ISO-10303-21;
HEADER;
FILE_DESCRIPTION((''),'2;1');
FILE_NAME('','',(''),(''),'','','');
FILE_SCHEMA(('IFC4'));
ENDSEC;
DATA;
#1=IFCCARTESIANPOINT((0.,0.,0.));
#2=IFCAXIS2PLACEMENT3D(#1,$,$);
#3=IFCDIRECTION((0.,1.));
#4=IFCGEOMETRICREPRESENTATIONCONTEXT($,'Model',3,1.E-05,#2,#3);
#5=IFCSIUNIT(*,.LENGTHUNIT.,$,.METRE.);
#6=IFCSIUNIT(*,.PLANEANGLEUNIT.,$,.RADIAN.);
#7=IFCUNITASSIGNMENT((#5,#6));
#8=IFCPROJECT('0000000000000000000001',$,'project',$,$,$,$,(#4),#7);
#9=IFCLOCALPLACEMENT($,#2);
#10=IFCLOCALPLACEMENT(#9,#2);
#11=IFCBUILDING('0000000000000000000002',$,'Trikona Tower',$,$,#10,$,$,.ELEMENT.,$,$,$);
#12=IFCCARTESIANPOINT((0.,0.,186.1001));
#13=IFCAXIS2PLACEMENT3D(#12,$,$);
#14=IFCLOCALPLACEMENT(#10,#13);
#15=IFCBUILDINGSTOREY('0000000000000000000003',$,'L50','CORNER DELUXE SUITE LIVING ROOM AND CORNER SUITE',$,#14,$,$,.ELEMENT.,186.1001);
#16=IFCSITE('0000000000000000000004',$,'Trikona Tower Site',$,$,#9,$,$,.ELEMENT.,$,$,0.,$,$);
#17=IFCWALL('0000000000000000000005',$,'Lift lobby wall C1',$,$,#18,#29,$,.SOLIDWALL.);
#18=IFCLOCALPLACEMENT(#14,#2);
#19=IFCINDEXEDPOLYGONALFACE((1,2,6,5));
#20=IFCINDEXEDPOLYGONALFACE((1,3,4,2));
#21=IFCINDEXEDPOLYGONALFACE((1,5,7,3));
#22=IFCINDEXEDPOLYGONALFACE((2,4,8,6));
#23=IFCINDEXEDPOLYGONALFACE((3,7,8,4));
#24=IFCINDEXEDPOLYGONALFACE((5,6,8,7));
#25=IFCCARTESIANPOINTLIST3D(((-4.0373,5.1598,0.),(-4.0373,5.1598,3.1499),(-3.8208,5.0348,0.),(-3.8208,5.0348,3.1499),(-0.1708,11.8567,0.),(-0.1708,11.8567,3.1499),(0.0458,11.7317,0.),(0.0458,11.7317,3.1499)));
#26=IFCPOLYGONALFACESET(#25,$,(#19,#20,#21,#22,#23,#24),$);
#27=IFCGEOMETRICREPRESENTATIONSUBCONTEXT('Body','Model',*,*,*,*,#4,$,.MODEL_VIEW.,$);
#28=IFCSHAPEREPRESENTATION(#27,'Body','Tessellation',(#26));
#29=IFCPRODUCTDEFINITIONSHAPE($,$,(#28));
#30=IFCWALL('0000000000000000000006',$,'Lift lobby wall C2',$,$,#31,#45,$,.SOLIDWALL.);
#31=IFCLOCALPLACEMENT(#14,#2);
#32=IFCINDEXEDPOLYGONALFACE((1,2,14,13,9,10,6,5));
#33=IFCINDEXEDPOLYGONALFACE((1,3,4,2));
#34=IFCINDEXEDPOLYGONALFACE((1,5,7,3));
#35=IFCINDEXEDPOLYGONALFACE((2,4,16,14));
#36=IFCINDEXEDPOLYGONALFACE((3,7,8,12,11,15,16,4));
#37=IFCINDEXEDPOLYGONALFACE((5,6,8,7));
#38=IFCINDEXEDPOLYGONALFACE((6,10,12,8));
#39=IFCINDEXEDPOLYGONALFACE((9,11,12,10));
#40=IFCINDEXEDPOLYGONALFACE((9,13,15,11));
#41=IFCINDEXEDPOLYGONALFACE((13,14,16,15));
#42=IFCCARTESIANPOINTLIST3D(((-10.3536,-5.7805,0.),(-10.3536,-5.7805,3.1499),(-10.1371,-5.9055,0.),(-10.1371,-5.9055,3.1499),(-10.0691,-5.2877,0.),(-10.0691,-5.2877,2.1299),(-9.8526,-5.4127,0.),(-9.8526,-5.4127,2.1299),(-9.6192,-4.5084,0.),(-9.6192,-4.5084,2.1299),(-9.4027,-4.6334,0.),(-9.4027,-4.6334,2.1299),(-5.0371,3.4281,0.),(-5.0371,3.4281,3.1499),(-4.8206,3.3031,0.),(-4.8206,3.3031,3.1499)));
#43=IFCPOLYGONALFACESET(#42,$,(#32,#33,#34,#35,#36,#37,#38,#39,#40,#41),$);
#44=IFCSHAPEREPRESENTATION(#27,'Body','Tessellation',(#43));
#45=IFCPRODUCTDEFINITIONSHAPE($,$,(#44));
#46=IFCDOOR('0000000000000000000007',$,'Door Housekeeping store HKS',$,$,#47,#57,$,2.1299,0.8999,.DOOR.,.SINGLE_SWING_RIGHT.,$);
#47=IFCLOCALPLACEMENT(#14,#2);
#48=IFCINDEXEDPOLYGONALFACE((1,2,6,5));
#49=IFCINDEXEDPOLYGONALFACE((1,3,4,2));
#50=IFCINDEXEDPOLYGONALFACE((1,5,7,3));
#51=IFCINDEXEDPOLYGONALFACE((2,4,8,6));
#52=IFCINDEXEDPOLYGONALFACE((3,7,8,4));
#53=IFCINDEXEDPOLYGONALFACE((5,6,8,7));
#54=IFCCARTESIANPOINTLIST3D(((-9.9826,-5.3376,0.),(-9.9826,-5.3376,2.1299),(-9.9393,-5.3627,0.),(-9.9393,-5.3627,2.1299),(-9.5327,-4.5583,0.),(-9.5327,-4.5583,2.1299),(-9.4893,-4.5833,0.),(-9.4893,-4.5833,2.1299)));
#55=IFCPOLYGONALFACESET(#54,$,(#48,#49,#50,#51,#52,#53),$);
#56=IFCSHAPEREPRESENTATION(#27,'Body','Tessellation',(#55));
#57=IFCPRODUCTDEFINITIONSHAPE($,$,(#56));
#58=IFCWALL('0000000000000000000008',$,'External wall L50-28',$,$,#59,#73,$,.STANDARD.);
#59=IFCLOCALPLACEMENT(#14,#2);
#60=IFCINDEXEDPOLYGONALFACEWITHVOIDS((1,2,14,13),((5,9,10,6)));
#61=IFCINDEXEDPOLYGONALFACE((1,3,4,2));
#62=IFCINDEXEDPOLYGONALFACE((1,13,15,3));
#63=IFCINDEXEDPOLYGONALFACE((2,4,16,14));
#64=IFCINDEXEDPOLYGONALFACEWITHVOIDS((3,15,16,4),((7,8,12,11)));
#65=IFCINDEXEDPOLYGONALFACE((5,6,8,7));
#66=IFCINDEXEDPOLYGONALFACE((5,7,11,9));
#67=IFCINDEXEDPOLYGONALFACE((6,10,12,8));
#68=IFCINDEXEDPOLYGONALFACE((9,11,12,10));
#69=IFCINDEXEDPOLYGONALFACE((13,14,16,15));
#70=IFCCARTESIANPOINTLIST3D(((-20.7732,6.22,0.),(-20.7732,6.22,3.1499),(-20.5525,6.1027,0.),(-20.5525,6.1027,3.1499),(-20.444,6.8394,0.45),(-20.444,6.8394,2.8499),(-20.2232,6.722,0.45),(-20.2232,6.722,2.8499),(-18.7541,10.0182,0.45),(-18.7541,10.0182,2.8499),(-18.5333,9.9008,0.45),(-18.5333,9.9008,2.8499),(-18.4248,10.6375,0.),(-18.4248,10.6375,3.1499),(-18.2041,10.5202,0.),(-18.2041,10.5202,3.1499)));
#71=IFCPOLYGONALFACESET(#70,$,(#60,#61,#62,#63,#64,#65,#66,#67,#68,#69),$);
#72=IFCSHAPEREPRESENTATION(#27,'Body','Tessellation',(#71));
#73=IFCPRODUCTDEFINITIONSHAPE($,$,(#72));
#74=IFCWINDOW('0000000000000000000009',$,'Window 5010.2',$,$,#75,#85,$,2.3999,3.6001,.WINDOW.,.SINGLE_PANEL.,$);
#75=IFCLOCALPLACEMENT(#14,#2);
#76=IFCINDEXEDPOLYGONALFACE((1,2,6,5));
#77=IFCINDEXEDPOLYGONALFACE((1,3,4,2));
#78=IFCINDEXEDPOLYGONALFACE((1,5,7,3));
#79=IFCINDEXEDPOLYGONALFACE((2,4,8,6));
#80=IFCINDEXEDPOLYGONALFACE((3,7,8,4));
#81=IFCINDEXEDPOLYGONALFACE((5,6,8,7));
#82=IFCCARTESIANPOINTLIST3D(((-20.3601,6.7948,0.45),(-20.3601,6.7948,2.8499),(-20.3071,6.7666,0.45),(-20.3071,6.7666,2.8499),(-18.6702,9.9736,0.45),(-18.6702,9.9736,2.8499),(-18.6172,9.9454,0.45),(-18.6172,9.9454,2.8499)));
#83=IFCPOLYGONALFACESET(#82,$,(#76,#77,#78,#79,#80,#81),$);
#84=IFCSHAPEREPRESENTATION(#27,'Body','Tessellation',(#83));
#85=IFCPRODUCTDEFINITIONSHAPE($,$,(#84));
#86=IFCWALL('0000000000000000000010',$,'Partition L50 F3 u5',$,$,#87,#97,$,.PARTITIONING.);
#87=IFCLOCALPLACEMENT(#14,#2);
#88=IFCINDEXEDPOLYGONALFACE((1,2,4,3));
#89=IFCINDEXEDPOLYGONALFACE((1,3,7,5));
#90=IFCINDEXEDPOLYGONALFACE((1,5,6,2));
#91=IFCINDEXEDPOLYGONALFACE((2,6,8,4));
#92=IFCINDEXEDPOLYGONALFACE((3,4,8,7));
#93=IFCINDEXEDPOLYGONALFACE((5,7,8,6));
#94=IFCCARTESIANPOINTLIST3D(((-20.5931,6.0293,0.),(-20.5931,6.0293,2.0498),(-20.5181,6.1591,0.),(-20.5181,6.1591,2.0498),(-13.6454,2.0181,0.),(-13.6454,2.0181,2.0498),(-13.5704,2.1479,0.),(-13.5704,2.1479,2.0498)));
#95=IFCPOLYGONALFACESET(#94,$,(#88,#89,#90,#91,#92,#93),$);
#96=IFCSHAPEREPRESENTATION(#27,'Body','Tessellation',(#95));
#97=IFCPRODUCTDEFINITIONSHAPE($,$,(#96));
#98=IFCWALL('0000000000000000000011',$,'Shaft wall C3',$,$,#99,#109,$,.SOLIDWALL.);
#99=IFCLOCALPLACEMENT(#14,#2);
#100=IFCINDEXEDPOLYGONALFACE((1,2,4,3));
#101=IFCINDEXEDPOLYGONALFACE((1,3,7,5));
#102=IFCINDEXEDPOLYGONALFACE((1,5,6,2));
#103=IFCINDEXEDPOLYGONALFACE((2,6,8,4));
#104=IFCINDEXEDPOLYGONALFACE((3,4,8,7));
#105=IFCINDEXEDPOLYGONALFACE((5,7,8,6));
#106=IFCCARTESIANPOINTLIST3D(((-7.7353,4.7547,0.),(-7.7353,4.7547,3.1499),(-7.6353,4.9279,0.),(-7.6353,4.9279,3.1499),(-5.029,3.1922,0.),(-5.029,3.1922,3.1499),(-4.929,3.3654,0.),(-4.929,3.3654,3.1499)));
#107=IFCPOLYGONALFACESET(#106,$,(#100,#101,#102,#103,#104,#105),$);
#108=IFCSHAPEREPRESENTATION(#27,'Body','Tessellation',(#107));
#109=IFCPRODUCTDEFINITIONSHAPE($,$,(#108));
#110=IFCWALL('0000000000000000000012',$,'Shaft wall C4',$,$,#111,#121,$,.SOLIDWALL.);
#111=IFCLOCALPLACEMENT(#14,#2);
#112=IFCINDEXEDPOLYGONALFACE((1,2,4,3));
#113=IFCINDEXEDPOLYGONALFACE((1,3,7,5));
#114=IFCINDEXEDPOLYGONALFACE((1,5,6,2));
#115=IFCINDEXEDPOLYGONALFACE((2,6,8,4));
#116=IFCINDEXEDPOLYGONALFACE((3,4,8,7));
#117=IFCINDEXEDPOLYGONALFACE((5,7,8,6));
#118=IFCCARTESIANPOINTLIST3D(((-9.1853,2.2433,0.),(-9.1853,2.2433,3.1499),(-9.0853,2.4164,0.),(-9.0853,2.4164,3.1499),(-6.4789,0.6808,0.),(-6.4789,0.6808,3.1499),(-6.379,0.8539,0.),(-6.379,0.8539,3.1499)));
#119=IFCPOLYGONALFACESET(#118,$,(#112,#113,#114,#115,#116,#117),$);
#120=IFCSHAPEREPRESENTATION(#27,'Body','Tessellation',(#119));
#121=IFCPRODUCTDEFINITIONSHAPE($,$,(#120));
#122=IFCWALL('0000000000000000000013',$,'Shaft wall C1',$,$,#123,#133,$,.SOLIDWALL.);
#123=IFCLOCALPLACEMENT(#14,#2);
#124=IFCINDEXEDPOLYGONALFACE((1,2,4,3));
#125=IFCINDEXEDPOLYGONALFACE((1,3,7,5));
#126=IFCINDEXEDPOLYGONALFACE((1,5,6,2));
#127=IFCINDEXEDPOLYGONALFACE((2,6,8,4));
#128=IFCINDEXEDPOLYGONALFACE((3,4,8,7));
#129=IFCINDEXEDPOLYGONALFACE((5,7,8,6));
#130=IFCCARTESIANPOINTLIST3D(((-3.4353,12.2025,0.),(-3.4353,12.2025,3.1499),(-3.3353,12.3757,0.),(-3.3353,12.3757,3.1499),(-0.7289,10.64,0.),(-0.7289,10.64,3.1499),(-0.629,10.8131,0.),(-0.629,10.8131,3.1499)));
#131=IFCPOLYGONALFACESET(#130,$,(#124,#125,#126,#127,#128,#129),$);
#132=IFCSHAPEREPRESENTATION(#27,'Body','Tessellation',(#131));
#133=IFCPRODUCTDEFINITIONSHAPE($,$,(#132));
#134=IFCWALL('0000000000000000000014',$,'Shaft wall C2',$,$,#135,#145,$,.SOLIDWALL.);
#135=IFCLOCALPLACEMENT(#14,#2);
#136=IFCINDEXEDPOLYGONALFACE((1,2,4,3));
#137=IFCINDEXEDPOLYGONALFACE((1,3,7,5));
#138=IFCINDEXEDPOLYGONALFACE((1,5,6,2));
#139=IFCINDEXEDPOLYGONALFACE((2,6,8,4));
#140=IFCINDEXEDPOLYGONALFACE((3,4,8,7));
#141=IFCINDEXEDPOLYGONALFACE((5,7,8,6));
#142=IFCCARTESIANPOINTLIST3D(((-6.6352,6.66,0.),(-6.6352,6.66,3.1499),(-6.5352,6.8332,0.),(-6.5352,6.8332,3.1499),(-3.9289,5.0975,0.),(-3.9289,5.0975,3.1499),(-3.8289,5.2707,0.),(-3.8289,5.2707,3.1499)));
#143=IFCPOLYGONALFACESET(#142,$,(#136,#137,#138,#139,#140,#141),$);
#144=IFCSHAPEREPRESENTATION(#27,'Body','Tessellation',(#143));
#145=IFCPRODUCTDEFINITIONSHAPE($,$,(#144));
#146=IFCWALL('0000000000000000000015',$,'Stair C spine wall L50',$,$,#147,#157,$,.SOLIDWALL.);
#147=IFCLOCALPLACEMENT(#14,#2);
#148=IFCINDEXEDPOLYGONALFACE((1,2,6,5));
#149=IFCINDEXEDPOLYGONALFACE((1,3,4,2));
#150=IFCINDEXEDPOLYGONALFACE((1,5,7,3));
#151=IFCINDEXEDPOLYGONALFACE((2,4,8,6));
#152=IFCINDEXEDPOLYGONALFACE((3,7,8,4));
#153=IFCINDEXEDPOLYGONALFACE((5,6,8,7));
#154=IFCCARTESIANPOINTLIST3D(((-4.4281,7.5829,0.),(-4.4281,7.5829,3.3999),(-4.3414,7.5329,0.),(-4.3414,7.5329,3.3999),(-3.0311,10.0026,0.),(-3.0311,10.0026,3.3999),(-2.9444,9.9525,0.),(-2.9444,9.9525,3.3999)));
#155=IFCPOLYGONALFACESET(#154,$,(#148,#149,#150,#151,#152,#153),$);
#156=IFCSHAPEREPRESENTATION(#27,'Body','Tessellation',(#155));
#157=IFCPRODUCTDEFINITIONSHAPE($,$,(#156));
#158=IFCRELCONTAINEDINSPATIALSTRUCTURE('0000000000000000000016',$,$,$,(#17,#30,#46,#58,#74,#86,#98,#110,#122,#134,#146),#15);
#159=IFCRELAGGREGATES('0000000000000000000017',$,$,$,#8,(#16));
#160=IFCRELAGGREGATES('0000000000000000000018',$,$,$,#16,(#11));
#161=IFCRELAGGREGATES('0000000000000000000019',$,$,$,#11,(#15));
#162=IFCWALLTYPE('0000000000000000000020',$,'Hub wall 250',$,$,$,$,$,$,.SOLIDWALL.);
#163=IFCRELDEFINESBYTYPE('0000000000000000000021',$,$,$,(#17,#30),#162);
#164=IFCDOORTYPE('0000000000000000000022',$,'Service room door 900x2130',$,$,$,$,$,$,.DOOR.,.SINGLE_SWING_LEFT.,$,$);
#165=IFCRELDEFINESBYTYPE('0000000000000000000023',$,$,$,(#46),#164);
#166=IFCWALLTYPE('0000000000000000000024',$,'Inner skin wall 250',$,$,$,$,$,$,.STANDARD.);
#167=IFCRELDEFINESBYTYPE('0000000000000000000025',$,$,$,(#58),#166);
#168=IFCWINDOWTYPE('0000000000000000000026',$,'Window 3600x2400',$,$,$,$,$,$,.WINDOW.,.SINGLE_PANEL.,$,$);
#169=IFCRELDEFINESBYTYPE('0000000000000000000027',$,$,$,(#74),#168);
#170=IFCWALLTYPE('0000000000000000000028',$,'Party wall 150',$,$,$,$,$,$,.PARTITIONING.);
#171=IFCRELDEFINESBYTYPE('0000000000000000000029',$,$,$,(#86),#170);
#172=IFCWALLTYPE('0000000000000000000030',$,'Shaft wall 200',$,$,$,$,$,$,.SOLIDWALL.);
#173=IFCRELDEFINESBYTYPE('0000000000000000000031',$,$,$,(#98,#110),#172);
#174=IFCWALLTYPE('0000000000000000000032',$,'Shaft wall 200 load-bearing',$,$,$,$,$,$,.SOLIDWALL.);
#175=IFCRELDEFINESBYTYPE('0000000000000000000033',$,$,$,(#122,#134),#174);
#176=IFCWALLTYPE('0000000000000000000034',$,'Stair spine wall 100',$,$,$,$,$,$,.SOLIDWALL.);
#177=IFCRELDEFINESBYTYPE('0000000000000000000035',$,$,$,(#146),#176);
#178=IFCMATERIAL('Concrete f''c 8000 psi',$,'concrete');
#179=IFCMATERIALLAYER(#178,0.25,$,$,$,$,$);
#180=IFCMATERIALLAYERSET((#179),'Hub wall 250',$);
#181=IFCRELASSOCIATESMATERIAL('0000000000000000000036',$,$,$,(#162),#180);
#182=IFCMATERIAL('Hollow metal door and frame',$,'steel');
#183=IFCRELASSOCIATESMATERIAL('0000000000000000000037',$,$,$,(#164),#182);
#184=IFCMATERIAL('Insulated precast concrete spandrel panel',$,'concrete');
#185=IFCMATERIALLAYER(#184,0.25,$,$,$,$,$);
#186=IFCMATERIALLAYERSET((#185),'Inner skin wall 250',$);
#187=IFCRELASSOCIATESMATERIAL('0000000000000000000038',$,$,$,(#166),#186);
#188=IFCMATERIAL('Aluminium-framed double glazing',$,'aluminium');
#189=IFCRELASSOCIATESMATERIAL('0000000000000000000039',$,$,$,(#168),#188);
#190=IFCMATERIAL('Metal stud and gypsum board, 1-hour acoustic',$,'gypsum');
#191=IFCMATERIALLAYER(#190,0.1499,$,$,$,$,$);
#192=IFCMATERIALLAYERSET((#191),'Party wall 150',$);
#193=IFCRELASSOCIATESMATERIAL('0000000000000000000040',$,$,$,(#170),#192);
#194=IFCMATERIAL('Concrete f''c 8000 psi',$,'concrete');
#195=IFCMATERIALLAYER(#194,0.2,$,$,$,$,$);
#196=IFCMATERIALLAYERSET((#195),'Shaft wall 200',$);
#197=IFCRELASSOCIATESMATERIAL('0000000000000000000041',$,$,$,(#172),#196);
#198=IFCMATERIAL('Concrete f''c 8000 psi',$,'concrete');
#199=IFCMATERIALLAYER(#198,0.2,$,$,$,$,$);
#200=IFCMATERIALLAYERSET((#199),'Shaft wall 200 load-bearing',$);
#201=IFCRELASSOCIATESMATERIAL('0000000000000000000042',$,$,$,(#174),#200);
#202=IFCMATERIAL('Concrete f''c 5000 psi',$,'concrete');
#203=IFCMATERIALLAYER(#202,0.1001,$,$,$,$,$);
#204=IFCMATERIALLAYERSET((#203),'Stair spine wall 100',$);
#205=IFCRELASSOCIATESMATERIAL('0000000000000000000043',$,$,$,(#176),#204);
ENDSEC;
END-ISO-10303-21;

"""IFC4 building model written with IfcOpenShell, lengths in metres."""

from ifc_helpers import new_model, si_unit, direction, frame, frame_2d, origin, place, context, subcontext, project, spatial, rectangle, extrude, material, layer, layer_set, type_object, element, fill, save


model = new_model("IFC4")

# Units and contexts
model_context = context("Model", 3, precision=1e-05, world=origin(), true_north=direction((0.0, 1.0)))
body_context = subcontext(model_context, "Body", "Model", "MODEL_VIEW")
ifc_project = project(units=[si_unit("LENGTHUNIT", "METRE"), si_unit("PLANEANGLEUNIT", "RADIAN")], contexts=[model_context])

# Site, building, storey
site_placement = place(None, origin())
site = spatial("IfcSite", under=ifc_project, at=site_placement, Name="Trikona Tower Site", CompositionType="ELEMENT", RefElevation=0.0)
building_placement = place(site_placement, origin())
building = spatial("IfcBuilding", under=site, at=building_placement, Name="Trikona Tower", CompositionType="ELEMENT")
storey_placement = place(building_placement, frame((0.0, 0.0, 186.1001)))
storey = spatial("IfcBuildingStorey", under=building, at=storey_placement, Name="L50", Description="CORNER DELUXE SUITE LIVING ROOM AND CORNER SUITE", CompositionType="ELEMENT", Elevation=186.1001)

# Wall
ifc_material_1 = material(Name="Concrete f'c 8000 psi", Category="concrete")
ifc_layer_1 = layer(ifc_material_1, 0.25)
ifc_layer_set_1 = layer_set([ifc_layer_1], Name="Hub wall 250")
wall_type_1 = type_object("IfcWallType", Name="Hub wall 250", PredefinedType="SOLIDWALL", material=ifc_layer_set_1)
wall_1_placement = place(storey_placement, frame((-0.0625, 11.7942, 0.0), z_axis=(0.0, 0.0, 1.0), x_axis=(-0.500007, -0.866022, 0.0)))
element("IfcWall", 1, at=wall_1_placement, inside=storey, type_object=wall_type_1, Name="Lift lobby wall C1", PredefinedType="SOLIDWALL", context=body_context, shape_type="SweptSolid", body=[
    extrude(rectangle(XDim=7.7329, YDim=0.25, at=frame_2d((3.8665, 0.0))), origin(), (0.0, 0.0, 1.0), 3.1499),
])

# Wall, opening, door
wall_2_placement = place(storey_placement, frame((-4.929, 3.3655, 0.0), z_axis=(0.0, 0.0, 1.0), x_axis=(-0.499991, -0.86603, 0.0)))
wall_2 = element("IfcWall", 2, at=wall_2_placement, inside=storey, type_object=wall_type_1, Name="Lift lobby wall C2", PredefinedType="SOLIDWALL", context=body_context, shape_type="SweptSolid", body=[
    extrude(rectangle(XDim=10.6331, YDim=0.25, at=frame_2d((5.3164, 0.0))), origin(), (0.0, 0.0, 1.0), 3.1499),
])
opening_1_placement = place(wall_2_placement, frame((9.1641, 0.0, 0.0)))
opening_1 = element("IfcOpeningElement", 3, at=opening_1_placement, cuts=wall_2, PredefinedType="OPENING", context=body_context, shape_type="SweptSolid", body=[
    extrude(rectangle(XDim=0.8999, YDim=2.1299, at=frame_2d((0.45, 1.0649))), frame((0.0, 0.135, 0.0), z_axis=(0.0, -1.0, 0.0), x_axis=(1.0, 0.0, 0.0)), (0.0, 0.0, 1.0), 0.27),
])
ifc_material_2 = material(Name="Hollow metal door and frame", Category="steel")
door_type_1 = type_object("IfcDoorType", Name="Service room door 900x2130", OperationType="SINGLE_SWING_LEFT", PredefinedType="DOOR", material=ifc_material_2)
door_1_placement = place(opening_1_placement, origin())
door_1 = element("IfcDoor", 4, at=door_1_placement, inside=storey, type_object=door_type_1, Name="Door Housekeeping store HKS", OperationType="SINGLE_SWING_RIGHT", OverallHeight=2.1299, OverallWidth=0.8999, PredefinedType="DOOR", context=body_context, shape_type="SweptSolid", body=[
    extrude(rectangle(XDim=0.8999, YDim=2.1299, at=frame_2d((0.45, 1.0649))), frame((0.0, 0.0249, 0.0), z_axis=(0.0, -1.0, 0.0), x_axis=(1.0, 0.0, 0.0)), (0.0, 0.0, 1.0), 0.05),
])
fill(opening_1, door_1)

# Wall, opening, window
ifc_material_3 = material(Name="Insulated precast concrete spandrel panel", Category="concrete")
ifc_layer_2 = layer(ifc_material_3, 0.25)
ifc_layer_set_2 = layer_set([ifc_layer_2], Name="Inner skin wall 250")
wall_type_2 = type_object("IfcWallType", Name="Inner skin wall 250", PredefinedType="STANDARD", material=ifc_layer_set_2)
wall_3_placement = place(storey_placement, frame((-18.3145, 10.5789, 0.0), z_axis=(0.0, 0.0, 1.0), x_axis=(-0.469405, -0.882983, 0.0)))
wall_3 = element("IfcWall", 5, at=wall_3_placement, inside=storey, type_object=wall_type_2, Name="External wall L50-28", PredefinedType="STANDARD", context=body_context, shape_type="SweptSolid", body=[
    extrude(rectangle(XDim=5.0029, YDim=0.25, at=frame_2d((2.5015, 0.0))), origin(), (0.0, 0.0, 1.0), 3.1499),
])
opening_2_placement = place(wall_3_placement, frame((0.7014, 0.0, 0.45)))
opening_2 = element("IfcOpeningElement", 6, at=opening_2_placement, cuts=wall_3, PredefinedType="OPENING", context=body_context, shape_type="SweptSolid", body=[
    extrude(rectangle(XDim=3.6001, YDim=2.3999, at=frame_2d((1.8, 1.2))), frame((0.0, 0.135, 0.0), z_axis=(0.0, -1.0, 0.0), x_axis=(1.0, 0.0, 0.0)), (0.0, 0.0, 1.0), 0.27),
])
ifc_material_4 = material(Name="Aluminium-framed double glazing", Category="aluminium")
window_type = type_object("IfcWindowType", Name="Window 3600x2400", PartitioningType="SINGLE_PANEL", PredefinedType="WINDOW", material=ifc_material_4)
window_placement = place(opening_2_placement, origin())
window = element("IfcWindow", 7, at=window_placement, inside=storey, type_object=window_type, Name="Window 5010.2", OverallHeight=2.3999, OverallWidth=3.6001, PartitioningType="SINGLE_PANEL", PredefinedType="WINDOW", context=body_context, shape_type="SweptSolid", body=[
    extrude(rectangle(XDim=3.6001, YDim=2.3999, at=frame_2d((1.8, 1.2))), frame((0.0, 0.03, 0.0), z_axis=(0.0, -1.0, 0.0), x_axis=(1.0, 0.0, 0.0)), (0.0, 0.0, 1.0), 0.0601),
])
fill(opening_2, window)

# Walls
ifc_material_5 = material(Name="Metal stud and gypsum board, 1-hour acoustic", Category="gypsum")
ifc_layer_3 = layer(ifc_material_5, 0.1499)
ifc_layer_set_3 = layer_set([ifc_layer_3], Name="Party wall 150")
wall_type_3 = type_object("IfcWallType", Name="Party wall 150", PredefinedType="PARTITIONING", material=ifc_layer_set_3)
wall_4_placement = place(storey_placement, frame((-13.6079, 2.083, 0.0), z_axis=(0.0, 0.0, 1.0), x_axis=(-0.866028, 0.499995, 0.0)))
element("IfcWall", 8, at=wall_4_placement, inside=storey, type_object=wall_type_3, Name="Partition L50 F3 u5", PredefinedType="PARTITIONING", context=body_context, shape_type="SweptSolid", body=[
    extrude(rectangle(XDim=8.0225, YDim=0.1499, at=frame_2d((4.0112, 0.0))), origin(), (0.0, 0.0, 1.0), 2.0498),
])
ifc_material_6 = material(Name="Concrete f'c 8000 psi", Category="concrete")
ifc_layer_4 = layer(ifc_material_6, 0.2)
ifc_layer_set_4 = layer_set([ifc_layer_4], Name="Shaft wall 200")
wall_type_4 = type_object("IfcWallType", Name="Shaft wall 200", PredefinedType="SOLIDWALL", material=ifc_layer_set_4)
for number, where, z_axis, x_axis, name in (
    (9, (-4.979, 3.2788, 0.0), (0.0, 0.0, 1.0), (-0.866023, 0.500004, 0.0), "Shaft wall C3"),
    (10, (-6.429, 0.7673, 0.0), (0.0, 0.0, 1.0), (-0.866023, 0.500004, 0.0), "Shaft wall C4"),
):
    element("IfcWall", number, at=place(storey_placement, frame(where, z_axis=z_axis, x_axis=x_axis)), inside=storey, type_object=wall_type_4, Name=name, PredefinedType="SOLIDWALL", context=body_context, shape_type="SweptSolid", body=[
        extrude(rectangle(XDim=3.125, YDim=0.2, at=frame_2d((1.5625, 0.0))), origin(), (0.0, 0.0, 1.0), 3.1499),
    ])
ifc_material_7 = material(Name="Concrete f'c 8000 psi", Category="concrete")
ifc_layer_5 = layer(ifc_material_7, 0.2)
ifc_layer_set_5 = layer_set([ifc_layer_5], Name="Shaft wall 200 load-bearing")
wall_type_5 = type_object("IfcWallType", Name="Shaft wall 200 load-bearing", PredefinedType="SOLIDWALL", material=ifc_layer_set_5)
for number, where, z_axis, x_axis, name in (
    (11, (-0.679, 10.7266, 0.0), (0.0, 0.0, 1.0), (-0.866023, 0.500004, 0.0), "Shaft wall C1"),
    (12, (-3.8789, 5.1841, 0.0), (0.0, 0.0, 1.0), (-0.866023, 0.500004, 0.0), "Shaft wall C2"),
):
    element("IfcWall", number, at=place(storey_placement, frame(where, z_axis=z_axis, x_axis=x_axis)), inside=storey, type_object=wall_type_5, Name=name, PredefinedType="SOLIDWALL", context=body_context, shape_type="SweptSolid", body=[
        extrude(rectangle(XDim=3.125, YDim=0.2, at=frame_2d((1.5625, 0.0))), origin(), (0.0, 0.0, 1.0), 3.1499),
    ])
ifc_material_8 = material(Name="Concrete f'c 5000 psi", Category="concrete")
ifc_layer_6 = layer(ifc_material_8, 0.1001)
ifc_layer_set_6 = layer_set([ifc_layer_6], Name="Stair spine wall 100")
wall_type_6 = type_object("IfcWallType", Name="Stair spine wall 100", PredefinedType="SOLIDWALL", material=ifc_layer_set_6)
wall_5_placement = place(storey_placement, frame((-2.9878, 9.9775, 0.0), z_axis=(0.0, 0.0, 1.0), x_axis=(-0.499992, -0.86603, 0.0)))
element("IfcWall", 13, at=wall_5_placement, inside=storey, type_object=wall_type_6, Name="Stair C spine wall L50", PredefinedType="SOLIDWALL", context=body_context, shape_type="SweptSolid", body=[
    extrude(rectangle(XDim=2.7939, YDim=0.1001, at=frame_2d((1.397, 0.0))), origin(), (0.0, 0.0, 1.0), 3.3999),
])

save(model, "model.ifc")
